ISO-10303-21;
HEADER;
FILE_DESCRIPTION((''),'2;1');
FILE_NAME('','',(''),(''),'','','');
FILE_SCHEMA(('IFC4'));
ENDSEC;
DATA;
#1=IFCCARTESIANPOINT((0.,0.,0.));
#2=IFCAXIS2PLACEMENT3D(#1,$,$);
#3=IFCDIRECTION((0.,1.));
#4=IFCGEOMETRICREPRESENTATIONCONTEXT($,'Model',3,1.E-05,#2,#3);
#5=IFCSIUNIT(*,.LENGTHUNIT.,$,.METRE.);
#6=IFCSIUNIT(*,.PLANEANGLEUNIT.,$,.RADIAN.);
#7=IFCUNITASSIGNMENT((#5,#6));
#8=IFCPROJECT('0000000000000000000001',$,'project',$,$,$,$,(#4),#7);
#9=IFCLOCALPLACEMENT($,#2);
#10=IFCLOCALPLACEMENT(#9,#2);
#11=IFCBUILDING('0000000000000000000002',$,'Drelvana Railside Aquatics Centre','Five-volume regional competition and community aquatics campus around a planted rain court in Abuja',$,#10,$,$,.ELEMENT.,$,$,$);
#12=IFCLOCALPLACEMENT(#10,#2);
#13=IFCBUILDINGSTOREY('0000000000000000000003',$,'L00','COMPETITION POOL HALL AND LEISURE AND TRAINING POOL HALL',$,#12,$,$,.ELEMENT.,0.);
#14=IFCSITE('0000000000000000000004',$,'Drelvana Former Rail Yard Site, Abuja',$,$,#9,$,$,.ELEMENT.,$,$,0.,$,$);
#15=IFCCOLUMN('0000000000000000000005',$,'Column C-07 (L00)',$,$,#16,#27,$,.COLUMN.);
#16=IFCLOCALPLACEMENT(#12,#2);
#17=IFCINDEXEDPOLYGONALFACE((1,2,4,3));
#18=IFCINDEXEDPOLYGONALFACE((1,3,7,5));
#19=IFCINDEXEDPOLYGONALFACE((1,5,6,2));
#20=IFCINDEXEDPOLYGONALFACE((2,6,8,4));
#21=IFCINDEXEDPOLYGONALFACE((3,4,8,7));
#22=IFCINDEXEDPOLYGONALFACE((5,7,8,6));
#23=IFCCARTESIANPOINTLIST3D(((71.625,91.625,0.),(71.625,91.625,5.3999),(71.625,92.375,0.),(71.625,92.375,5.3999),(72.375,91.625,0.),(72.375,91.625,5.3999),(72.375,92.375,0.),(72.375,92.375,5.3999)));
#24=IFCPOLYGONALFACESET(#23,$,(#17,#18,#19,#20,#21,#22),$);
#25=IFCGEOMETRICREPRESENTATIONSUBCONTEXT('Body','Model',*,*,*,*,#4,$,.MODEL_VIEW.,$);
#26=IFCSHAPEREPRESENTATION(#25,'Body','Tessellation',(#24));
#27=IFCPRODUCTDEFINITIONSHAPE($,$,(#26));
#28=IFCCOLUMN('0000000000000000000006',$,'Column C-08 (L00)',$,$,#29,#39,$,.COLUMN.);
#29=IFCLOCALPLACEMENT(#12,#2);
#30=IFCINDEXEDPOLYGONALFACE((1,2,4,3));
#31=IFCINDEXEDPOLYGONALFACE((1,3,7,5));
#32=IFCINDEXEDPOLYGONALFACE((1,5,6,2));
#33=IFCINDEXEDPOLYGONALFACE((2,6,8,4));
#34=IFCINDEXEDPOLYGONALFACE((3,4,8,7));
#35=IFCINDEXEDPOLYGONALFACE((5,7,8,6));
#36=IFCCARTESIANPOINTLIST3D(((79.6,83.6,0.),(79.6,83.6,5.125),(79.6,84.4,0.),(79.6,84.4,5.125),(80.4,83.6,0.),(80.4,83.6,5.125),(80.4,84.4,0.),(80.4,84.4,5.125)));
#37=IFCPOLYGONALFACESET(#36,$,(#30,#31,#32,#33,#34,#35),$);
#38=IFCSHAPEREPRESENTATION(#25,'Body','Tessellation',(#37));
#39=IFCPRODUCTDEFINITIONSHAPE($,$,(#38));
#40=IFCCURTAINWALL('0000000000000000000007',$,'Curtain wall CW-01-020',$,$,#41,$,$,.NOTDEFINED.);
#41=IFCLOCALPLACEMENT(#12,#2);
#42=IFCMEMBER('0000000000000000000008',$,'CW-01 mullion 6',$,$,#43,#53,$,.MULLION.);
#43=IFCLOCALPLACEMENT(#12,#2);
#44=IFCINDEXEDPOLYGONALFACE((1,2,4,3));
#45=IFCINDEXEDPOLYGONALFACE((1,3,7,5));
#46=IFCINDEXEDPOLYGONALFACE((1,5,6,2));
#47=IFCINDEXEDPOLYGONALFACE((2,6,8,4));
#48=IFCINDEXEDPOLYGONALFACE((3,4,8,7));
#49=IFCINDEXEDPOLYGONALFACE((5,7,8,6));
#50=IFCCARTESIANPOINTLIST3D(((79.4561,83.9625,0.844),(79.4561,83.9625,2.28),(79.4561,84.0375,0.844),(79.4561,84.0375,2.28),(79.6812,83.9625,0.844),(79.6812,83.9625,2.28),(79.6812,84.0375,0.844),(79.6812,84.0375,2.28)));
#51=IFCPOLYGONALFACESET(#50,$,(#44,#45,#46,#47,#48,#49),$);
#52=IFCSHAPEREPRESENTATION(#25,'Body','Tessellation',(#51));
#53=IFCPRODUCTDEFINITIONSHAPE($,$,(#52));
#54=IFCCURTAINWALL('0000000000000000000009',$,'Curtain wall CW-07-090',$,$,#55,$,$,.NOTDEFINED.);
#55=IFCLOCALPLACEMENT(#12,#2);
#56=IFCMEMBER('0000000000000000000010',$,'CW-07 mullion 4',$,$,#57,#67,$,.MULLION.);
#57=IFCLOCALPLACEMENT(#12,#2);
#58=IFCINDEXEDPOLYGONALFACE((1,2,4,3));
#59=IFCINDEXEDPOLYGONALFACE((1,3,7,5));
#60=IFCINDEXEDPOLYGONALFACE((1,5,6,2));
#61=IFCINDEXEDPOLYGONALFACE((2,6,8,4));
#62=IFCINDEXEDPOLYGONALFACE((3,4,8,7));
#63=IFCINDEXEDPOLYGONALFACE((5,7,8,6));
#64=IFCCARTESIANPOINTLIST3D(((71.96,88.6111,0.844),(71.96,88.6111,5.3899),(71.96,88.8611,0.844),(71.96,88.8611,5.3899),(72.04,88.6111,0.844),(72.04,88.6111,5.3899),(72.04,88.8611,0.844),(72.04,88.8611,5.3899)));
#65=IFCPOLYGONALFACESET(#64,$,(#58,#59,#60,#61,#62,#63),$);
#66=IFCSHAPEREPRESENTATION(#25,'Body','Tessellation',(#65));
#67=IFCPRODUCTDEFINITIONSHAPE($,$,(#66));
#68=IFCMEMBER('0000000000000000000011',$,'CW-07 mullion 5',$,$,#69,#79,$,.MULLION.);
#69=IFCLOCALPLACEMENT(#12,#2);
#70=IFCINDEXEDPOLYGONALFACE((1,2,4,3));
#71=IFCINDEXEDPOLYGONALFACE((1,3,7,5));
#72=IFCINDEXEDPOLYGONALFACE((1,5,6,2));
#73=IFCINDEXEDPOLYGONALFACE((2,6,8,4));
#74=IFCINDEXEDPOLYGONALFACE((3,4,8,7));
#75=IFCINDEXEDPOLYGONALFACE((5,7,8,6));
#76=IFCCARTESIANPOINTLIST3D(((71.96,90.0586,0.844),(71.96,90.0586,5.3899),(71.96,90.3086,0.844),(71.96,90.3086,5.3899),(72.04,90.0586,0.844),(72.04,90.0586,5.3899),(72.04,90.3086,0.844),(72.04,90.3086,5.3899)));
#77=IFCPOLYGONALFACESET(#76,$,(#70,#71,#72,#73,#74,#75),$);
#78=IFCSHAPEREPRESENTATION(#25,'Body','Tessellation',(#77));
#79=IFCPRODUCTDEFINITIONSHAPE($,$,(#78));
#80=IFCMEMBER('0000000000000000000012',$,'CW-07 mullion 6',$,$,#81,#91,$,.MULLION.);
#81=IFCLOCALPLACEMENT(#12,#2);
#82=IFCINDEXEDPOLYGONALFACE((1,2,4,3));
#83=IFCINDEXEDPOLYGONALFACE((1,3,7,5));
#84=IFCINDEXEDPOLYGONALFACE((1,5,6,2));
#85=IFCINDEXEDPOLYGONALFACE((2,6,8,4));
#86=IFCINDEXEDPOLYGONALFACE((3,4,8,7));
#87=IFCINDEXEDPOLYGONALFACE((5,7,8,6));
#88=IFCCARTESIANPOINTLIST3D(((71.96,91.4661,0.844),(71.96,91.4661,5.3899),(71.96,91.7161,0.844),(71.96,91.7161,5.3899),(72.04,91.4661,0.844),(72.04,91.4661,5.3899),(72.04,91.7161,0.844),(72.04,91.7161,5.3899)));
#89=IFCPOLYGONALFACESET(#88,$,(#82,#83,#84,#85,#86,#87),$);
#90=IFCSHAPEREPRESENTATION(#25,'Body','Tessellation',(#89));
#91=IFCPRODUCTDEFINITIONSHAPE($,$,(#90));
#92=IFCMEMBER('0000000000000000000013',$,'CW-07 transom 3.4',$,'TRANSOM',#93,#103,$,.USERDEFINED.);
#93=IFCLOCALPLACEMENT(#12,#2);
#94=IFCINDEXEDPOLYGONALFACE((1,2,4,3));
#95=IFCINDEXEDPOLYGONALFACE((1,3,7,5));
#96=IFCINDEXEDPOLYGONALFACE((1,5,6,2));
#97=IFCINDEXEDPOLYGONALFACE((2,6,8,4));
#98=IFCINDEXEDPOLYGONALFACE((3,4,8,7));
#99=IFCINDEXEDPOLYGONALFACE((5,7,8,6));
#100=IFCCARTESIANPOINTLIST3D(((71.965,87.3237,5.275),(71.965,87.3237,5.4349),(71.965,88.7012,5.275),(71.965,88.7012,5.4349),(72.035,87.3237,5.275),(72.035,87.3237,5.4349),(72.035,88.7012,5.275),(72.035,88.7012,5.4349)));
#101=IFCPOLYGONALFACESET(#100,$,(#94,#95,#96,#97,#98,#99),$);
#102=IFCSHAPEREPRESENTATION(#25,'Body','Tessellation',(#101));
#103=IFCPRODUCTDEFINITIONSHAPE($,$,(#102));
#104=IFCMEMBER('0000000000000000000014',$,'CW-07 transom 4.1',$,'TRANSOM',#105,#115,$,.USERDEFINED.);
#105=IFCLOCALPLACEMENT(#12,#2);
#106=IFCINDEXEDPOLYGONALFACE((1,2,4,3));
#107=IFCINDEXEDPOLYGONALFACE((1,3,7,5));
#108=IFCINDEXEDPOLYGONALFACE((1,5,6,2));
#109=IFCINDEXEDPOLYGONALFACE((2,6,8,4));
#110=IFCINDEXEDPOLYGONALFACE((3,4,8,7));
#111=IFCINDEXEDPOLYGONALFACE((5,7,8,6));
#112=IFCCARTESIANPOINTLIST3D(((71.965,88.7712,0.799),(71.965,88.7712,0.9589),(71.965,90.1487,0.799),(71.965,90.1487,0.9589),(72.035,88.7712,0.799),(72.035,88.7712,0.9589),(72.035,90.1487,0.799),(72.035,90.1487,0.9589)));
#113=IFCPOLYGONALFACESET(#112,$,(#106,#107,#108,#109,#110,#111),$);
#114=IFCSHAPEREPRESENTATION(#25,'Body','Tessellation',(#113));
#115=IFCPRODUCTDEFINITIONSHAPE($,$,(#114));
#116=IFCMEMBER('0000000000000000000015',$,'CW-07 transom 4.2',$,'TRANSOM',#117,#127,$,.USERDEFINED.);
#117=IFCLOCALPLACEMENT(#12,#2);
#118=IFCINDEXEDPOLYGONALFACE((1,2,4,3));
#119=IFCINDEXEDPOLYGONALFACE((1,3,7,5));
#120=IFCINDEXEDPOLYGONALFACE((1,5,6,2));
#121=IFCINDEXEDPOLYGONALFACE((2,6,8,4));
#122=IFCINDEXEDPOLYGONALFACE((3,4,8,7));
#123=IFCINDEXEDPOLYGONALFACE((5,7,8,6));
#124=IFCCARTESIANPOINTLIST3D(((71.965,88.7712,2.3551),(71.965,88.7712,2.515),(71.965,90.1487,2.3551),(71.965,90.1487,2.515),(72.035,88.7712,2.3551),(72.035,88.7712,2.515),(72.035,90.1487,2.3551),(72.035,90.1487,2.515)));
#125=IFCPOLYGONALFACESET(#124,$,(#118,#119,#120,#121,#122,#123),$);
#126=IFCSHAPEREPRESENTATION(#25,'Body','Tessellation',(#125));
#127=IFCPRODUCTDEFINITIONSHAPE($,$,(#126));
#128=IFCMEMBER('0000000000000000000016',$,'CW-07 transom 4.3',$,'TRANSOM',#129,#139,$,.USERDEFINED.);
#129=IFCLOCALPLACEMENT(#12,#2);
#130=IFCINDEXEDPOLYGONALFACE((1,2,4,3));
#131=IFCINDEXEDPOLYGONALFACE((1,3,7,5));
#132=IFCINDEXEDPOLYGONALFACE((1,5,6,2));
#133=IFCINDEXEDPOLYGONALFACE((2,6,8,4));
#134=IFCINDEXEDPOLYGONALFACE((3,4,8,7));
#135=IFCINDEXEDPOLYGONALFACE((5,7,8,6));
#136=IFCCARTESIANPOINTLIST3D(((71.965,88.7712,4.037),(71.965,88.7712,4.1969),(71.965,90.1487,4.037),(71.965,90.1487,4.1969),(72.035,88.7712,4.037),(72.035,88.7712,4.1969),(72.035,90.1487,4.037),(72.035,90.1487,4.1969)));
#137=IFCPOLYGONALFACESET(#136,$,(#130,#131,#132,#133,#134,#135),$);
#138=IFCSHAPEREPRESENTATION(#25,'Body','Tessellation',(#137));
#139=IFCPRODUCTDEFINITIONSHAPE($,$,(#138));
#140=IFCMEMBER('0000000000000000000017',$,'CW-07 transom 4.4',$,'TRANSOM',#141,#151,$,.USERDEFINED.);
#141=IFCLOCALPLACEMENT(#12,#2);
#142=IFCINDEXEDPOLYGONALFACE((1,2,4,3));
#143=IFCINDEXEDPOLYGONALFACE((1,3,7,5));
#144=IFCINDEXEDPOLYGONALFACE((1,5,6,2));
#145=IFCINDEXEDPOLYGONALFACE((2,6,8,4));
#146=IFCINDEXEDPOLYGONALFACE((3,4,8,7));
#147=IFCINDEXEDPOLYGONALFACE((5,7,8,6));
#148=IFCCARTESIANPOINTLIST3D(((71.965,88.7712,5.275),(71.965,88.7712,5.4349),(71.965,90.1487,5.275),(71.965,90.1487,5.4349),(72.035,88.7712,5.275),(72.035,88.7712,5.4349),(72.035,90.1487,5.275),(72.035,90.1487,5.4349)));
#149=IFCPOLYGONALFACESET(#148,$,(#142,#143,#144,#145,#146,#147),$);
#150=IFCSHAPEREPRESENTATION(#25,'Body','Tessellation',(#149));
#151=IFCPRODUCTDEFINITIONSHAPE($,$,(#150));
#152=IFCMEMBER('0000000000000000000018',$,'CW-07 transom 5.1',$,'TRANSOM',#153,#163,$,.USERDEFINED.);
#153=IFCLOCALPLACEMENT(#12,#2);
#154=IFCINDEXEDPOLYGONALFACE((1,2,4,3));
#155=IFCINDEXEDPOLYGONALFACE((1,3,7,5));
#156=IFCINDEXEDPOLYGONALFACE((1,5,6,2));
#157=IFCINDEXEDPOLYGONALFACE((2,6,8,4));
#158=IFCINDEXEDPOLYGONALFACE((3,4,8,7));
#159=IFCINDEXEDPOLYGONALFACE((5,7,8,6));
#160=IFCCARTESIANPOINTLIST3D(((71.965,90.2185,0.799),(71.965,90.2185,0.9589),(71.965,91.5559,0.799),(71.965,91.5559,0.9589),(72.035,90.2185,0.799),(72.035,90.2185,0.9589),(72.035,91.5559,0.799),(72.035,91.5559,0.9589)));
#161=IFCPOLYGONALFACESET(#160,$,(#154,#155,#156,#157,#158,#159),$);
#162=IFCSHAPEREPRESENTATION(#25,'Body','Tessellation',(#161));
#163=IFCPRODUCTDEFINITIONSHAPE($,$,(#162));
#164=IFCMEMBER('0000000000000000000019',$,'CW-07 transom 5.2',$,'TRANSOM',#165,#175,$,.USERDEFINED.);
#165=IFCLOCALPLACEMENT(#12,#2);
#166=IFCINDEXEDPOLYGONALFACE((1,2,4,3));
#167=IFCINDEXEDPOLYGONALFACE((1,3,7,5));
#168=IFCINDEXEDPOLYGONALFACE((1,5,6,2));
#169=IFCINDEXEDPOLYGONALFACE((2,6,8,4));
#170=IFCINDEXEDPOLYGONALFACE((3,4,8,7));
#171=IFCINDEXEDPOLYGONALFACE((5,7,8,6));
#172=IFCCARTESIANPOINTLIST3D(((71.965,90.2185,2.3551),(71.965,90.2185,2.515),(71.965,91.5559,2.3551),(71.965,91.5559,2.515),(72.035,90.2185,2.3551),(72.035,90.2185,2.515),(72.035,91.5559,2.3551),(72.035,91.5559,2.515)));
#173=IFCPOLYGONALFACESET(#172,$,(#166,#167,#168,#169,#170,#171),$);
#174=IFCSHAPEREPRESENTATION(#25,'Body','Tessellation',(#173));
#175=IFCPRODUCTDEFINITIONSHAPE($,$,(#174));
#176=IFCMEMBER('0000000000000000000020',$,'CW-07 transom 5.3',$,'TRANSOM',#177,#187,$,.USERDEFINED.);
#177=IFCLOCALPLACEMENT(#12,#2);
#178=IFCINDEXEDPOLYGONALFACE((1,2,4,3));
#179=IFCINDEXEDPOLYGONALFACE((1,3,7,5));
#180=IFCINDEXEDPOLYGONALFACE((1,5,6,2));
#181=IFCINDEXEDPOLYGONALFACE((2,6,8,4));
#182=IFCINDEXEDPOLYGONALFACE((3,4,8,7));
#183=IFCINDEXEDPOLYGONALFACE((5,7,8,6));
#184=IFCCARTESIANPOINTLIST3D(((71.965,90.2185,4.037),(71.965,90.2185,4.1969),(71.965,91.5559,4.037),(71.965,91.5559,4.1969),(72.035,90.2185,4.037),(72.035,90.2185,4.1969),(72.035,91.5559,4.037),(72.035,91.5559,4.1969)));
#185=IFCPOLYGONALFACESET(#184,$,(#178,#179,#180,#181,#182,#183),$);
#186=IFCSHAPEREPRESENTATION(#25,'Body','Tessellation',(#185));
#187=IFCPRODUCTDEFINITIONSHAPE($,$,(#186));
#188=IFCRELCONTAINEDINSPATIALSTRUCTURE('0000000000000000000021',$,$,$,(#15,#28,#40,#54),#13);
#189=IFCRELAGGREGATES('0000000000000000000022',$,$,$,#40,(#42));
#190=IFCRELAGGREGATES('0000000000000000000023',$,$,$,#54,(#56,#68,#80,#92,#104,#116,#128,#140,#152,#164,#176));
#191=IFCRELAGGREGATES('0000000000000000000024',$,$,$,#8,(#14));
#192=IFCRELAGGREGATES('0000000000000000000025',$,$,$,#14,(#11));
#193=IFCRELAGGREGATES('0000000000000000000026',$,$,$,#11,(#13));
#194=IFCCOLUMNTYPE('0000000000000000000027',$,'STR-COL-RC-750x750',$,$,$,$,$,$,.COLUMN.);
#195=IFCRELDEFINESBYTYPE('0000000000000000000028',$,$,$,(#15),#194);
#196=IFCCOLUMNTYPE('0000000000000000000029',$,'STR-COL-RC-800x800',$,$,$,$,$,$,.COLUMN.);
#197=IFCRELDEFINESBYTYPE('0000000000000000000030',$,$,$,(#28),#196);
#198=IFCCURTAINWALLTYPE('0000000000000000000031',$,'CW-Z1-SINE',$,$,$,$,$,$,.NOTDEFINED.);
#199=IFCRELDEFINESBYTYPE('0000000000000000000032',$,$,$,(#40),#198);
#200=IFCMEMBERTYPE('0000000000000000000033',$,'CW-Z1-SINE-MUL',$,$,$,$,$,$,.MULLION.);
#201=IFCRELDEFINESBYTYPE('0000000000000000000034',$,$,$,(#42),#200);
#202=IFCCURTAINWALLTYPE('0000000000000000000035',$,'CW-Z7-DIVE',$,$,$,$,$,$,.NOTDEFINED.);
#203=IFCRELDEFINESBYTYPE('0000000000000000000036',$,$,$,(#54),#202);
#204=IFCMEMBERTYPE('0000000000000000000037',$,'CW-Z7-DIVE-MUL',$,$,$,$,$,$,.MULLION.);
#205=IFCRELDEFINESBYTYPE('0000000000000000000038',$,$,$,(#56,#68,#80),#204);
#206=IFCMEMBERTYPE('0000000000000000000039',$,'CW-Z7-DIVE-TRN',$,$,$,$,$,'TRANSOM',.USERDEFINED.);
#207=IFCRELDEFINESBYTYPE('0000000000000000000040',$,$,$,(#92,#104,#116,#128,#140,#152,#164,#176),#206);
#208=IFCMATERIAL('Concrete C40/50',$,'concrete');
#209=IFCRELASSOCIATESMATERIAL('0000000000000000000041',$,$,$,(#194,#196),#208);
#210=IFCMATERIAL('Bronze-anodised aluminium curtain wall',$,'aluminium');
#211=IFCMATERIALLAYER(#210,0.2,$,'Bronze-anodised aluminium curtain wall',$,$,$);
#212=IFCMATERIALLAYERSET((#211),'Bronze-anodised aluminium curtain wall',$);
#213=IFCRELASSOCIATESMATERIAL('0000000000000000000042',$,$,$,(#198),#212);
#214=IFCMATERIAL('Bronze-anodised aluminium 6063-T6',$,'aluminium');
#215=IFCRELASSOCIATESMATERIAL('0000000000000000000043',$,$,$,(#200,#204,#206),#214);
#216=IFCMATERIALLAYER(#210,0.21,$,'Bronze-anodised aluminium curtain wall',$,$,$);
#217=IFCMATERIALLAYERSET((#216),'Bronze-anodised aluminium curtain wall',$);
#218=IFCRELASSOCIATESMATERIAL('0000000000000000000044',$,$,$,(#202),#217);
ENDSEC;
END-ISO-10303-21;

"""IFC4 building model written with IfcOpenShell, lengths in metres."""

from ifc_helpers import new_model, si_unit, direction, frame, origin, origin_2d, place, context, subcontext, project, spatial, rectangle, extrude, material, layer, layer_set, material_profile, profile_set, type_object, element, aggregate, save


model = new_model("IFC4")

# Units and contexts
model_context = context("Model", 3, precision=1e-05, world=origin(), true_north=direction((0.0, 1.0)))
body_context = subcontext(model_context, "Body", "Model", "MODEL_VIEW")
ifc_project = project(units=[si_unit("LENGTHUNIT", "METRE"), si_unit("PLANEANGLEUNIT", "RADIAN")], contexts=[model_context])

# Site, building, storey
site_placement = place(None, origin())
site = spatial("IfcSite", under=ifc_project, at=site_placement, Name="Drelvana Former Rail Yard Site, Abuja", CompositionType="ELEMENT", RefElevation=0.0)
building_placement = place(site_placement, origin())
building = spatial("IfcBuilding", under=site, at=building_placement, Name="Drelvana Railside Aquatics Centre", Description="Five-volume regional competition and community aquatics campus around a planted rain court in Abuja", CompositionType="ELEMENT")
storey_placement = place(building_placement, origin())
storey = spatial("IfcBuildingStorey", under=building, at=storey_placement, Name="L00", Description="COMPETITION POOL HALL AND LEISURE AND TRAINING POOL HALL", CompositionType="ELEMENT", Elevation=0.0)

# Columns
ifc_material_1 = material(Name="Concrete C40/50", Category="concrete")
ifc_material_profile_1 = material_profile(ifc_material_1, rectangle(XDim=0.75, YDim=0.75, at=origin_2d()), Name="RC 750x750")
ifc_profile_set_1 = profile_set([ifc_material_profile_1], Name="Concrete C40/50")
column_type_1 = type_object("IfcColumnType", Name="STR-COL-RC-750x750", PredefinedType="COLUMN", material=ifc_profile_set_1)
column_1_placement = place(storey_placement, frame((72.0, 92.0, 0.0), z_axis=(0.0, 0.0, 1.0), x_axis=(1.0, 0.0, 0.0)))
element("IfcColumn", 1, at=column_1_placement, inside=storey, type_object=column_type_1, Name="Column C-07 (L00)", PredefinedType="COLUMN", context=body_context, shape_type="SweptSolid", body=[
    extrude(rectangle(XDim=0.75, YDim=0.75, at=origin_2d()), origin(), (0.0, 0.0, 1.0), 5.3999),
])
ifc_material_profile_2 = material_profile(ifc_material_1, rectangle(XDim=0.8, YDim=0.8, at=origin_2d()), Name="RC 800x800")
ifc_profile_set_2 = profile_set([ifc_material_profile_2], Name="Concrete C40/50")
column_type_2 = type_object("IfcColumnType", Name="STR-COL-RC-800x800", PredefinedType="COLUMN", material=ifc_profile_set_2)
column_2_placement = place(storey_placement, frame((80.0, 84.0, 0.0), z_axis=(0.0, 0.0, 1.0), x_axis=(1.0, 0.0, 0.0)))
element("IfcColumn", 2, at=column_2_placement, inside=storey, type_object=column_type_2, Name="Column C-08 (L00)", PredefinedType="COLUMN", context=body_context, shape_type="SweptSolid", body=[
    extrude(rectangle(XDim=0.8, YDim=0.8, at=origin_2d()), origin(), (0.0, 0.0, 1.0), 5.125),
])

# Curtain wall, member
ifc_material_2 = material(Name="Bronze-anodised aluminium curtain wall", Category="aluminium")
ifc_layer_1 = layer(ifc_material_2, 0.2, Name="Bronze-anodised aluminium curtain wall")
ifc_layer_set_1 = layer_set([ifc_layer_1], Name="Bronze-anodised aluminium curtain wall")
curtain_wall_type_1 = type_object("IfcCurtainWallType", Name="CW-Z1-SINE", PredefinedType="NOTDEFINED", material=ifc_layer_set_1)
curtain_wall_1_placement = place(storey_placement, origin())
curtain_wall_1 = element("IfcCurtainWall", 3, at=curtain_wall_1_placement, inside=storey, type_object=curtain_wall_type_1, Name="Curtain wall CW-01-020", PredefinedType="NOTDEFINED")
ifc_material_3 = material(Name="Bronze-anodised aluminium 6063-T6", Category="aluminium")
ifc_material_profile_3 = material_profile(ifc_material_3, rectangle(XDim=0.075, YDim=0.2251, at=origin_2d()), Name="ALU-M 75x225")
ifc_profile_set_3 = profile_set([ifc_material_profile_3], Name="Bronze-anodised aluminium 6063-T6")
member_type_1 = type_object("IfcMemberType", Name="CW-Z1-SINE-MUL", PredefinedType="MULLION", material=ifc_profile_set_3)
member_1_placement = place(storey_placement, frame((79.5686, 84.0, 0.844), z_axis=(0.0, 0.0, 1.0), x_axis=(0.0, 1.0, 0.0)))
member_1 = element("IfcMember", 4, at=member_1_placement, type_object=member_type_1, Name="CW-01 mullion 6", PredefinedType="MULLION", context=body_context, shape_type="SweptSolid", body=[
    extrude(rectangle(XDim=0.075, YDim=0.2251, at=origin_2d()), origin(), (0.0, 0.0, 1.0), 1.436),
])

# Curtain wall, members
ifc_layer_2 = layer(ifc_material_2, 0.21, Name="Bronze-anodised aluminium curtain wall")
ifc_layer_set_2 = layer_set([ifc_layer_2], Name="Bronze-anodised aluminium curtain wall")
curtain_wall_type_2 = type_object("IfcCurtainWallType", Name="CW-Z7-DIVE", PredefinedType="NOTDEFINED", material=ifc_layer_set_2)
curtain_wall_2_placement = place(storey_placement, origin())
curtain_wall_2 = element("IfcCurtainWall", 5, at=curtain_wall_2_placement, inside=storey, type_object=curtain_wall_type_2, Name="Curtain wall CW-07-090", PredefinedType="NOTDEFINED")
ifc_material_profile_4 = material_profile(ifc_material_3, rectangle(XDim=0.0801, YDim=0.25, at=origin_2d()), Name="ALU-M 80x250")
ifc_profile_set_4 = profile_set([ifc_material_profile_4], Name="Bronze-anodised aluminium 6063-T6")
member_type_2 = type_object("IfcMemberType", Name="CW-Z7-DIVE-MUL", PredefinedType="MULLION", material=ifc_profile_set_4)
member_2_placement = place(storey_placement, frame((72.0, 88.7361, 0.844), z_axis=(0.0, 0.0, 1.0), x_axis=(-1.0, 0.0, 0.0)))
member_2 = element("IfcMember", 6, at=member_2_placement, type_object=member_type_2, Name="CW-07 mullion 4", PredefinedType="MULLION", context=body_context, shape_type="SweptSolid", body=[
    extrude(rectangle(XDim=0.0801, YDim=0.25, at=origin_2d()), origin(), (0.0, 0.0, 1.0), 4.5459),
])
member_3_placement = place(storey_placement, frame((72.0, 90.1836, 0.844), z_axis=(0.0, 0.0, 1.0), x_axis=(-1.0, 0.0, 0.0)))
member_3 = element("IfcMember", 7, at=member_3_placement, type_object=member_type_2, Name="CW-07 mullion 5", PredefinedType="MULLION", context=body_context, shape_type="SweptSolid", body=[
    extrude(rectangle(XDim=0.0801, YDim=0.25, at=origin_2d()), origin(), (0.0, 0.0, 1.0), 4.5459),
])
member_4_placement = place(storey_placement, frame((72.0, 91.5911, 0.844), z_axis=(0.0, 0.0, 1.0), x_axis=(-1.0, 0.0, 0.0)))
member_4 = element("IfcMember", 8, at=member_4_placement, type_object=member_type_2, Name="CW-07 mullion 6", PredefinedType="MULLION", context=body_context, shape_type="SweptSolid", body=[
    extrude(rectangle(XDim=0.0801, YDim=0.25, at=origin_2d()), origin(), (0.0, 0.0, 1.0), 4.5459),
])
ifc_material_profile_5 = material_profile(ifc_material_3, rectangle(XDim=0.1599, YDim=0.0701, at=origin_2d()), Name="ALU-T 70x160")
ifc_profile_set_5 = profile_set([ifc_material_profile_5], Name="Bronze-anodised aluminium 6063-T6")
member_type_3 = type_object("IfcMemberType", Name="CW-Z7-DIVE-TRN", ElementType="TRANSOM", PredefinedType="USERDEFINED", material=ifc_profile_set_5)
member_5_placement = place(storey_placement, frame((72.0, 87.3237, 5.355), z_axis=(0.0, 1.0, 0.0), x_axis=(0.0, 0.0, 1.0)))
member_5 = element("IfcMember", 9, at=member_5_placement, type_object=member_type_3, Name="CW-07 transom 3.4", ObjectType="TRANSOM", PredefinedType="USERDEFINED", context=body_context, shape_type="SweptSolid", body=[
    extrude(rectangle(XDim=0.1599, YDim=0.0701, at=origin_2d()), origin(), (0.0, 0.0, 1.0), 1.3774),
])
member_6_placement = place(storey_placement, frame((72.0, 88.7712, 0.8789), z_axis=(0.0, 1.0, 0.0), x_axis=(0.0, 0.0, 1.0)))
member_6 = element("IfcMember", 10, at=member_6_placement, type_object=member_type_3, Name="CW-07 transom 4.1", ObjectType="TRANSOM", PredefinedType="USERDEFINED", context=body_context, shape_type="SweptSolid", body=[
    extrude(rectangle(XDim=0.1599, YDim=0.0701, at=origin_2d()), origin(), (0.0, 0.0, 1.0), 1.3774),
])
member_7_placement = place(storey_placement, frame((72.0, 88.7712, 2.4351), z_axis=(0.0, 1.0, 0.0), x_axis=(0.0, 0.0, 1.0)))
member_7 = element("IfcMember", 11, at=member_7_placement, type_object=member_type_3, Name="CW-07 transom 4.2", ObjectType="TRANSOM", PredefinedType="USERDEFINED", context=body_context, shape_type="SweptSolid", body=[
    extrude(rectangle(XDim=0.1599, YDim=0.0701, at=origin_2d()), origin(), (0.0, 0.0, 1.0), 1.3774),
])
member_8_placement = place(storey_placement, frame((72.0, 88.7712, 4.1169), z_axis=(0.0, 1.0, 0.0), x_axis=(0.0, 0.0, 1.0)))
member_8 = element("IfcMember", 12, at=member_8_placement, type_object=member_type_3, Name="CW-07 transom 4.3", ObjectType="TRANSOM", PredefinedType="USERDEFINED", context=body_context, shape_type="SweptSolid", body=[
    extrude(rectangle(XDim=0.1599, YDim=0.0701, at=origin_2d()), origin(), (0.0, 0.0, 1.0), 1.3774),
])
member_9_placement = place(storey_placement, frame((72.0, 88.7712, 5.355), z_axis=(0.0, 1.0, 0.0), x_axis=(0.0, 0.0, 1.0)))
member_9 = element("IfcMember", 13, at=member_9_placement, type_object=member_type_3, Name="CW-07 transom 4.4", ObjectType="TRANSOM", PredefinedType="USERDEFINED", context=body_context, shape_type="SweptSolid", body=[
    extrude(rectangle(XDim=0.1599, YDim=0.0701, at=origin_2d()), origin(), (0.0, 0.0, 1.0), 1.3774),
])
member_10_placement = place(storey_placement, frame((72.0, 90.2185, 0.8789), z_axis=(0.0, 1.0, 0.0), x_axis=(0.0, 0.0, 1.0)))
member_10 = element("IfcMember", 14, at=member_10_placement, type_object=member_type_3, Name="CW-07 transom 5.1", ObjectType="TRANSOM", PredefinedType="USERDEFINED", context=body_context, shape_type="SweptSolid", body=[
    extrude(rectangle(XDim=0.1599, YDim=0.0701, at=origin_2d()), origin(), (0.0, 0.0, 1.0), 1.3374),
])
member_11_placement = place(storey_placement, frame((72.0, 90.2185, 2.4351), z_axis=(0.0, 1.0, 0.0), x_axis=(0.0, 0.0, 1.0)))
member_11 = element("IfcMember", 15, at=member_11_placement, type_object=member_type_3, Name="CW-07 transom 5.2", ObjectType="TRANSOM", PredefinedType="USERDEFINED", context=body_context, shape_type="SweptSolid", body=[
    extrude(rectangle(XDim=0.1599, YDim=0.0701, at=origin_2d()), origin(), (0.0, 0.0, 1.0), 1.3374),
])
member_12_placement = place(storey_placement, frame((72.0, 90.2185, 4.1169), z_axis=(0.0, 1.0, 0.0), x_axis=(0.0, 0.0, 1.0)))
member_12 = element("IfcMember", 16, at=member_12_placement, type_object=member_type_3, Name="CW-07 transom 5.3", ObjectType="TRANSOM", PredefinedType="USERDEFINED", context=body_context, shape_type="SweptSolid", body=[
    extrude(rectangle(XDim=0.1599, YDim=0.0701, at=origin_2d()), origin(), (0.0, 0.0, 1.0), 1.3374),
])

aggregate(curtain_wall_1, [member_1])
aggregate(curtain_wall_2, [member_2, member_3, member_4, member_5, member_6, member_7, member_8, member_9, member_10, member_11, member_12])

save(model, "model.ifc")
